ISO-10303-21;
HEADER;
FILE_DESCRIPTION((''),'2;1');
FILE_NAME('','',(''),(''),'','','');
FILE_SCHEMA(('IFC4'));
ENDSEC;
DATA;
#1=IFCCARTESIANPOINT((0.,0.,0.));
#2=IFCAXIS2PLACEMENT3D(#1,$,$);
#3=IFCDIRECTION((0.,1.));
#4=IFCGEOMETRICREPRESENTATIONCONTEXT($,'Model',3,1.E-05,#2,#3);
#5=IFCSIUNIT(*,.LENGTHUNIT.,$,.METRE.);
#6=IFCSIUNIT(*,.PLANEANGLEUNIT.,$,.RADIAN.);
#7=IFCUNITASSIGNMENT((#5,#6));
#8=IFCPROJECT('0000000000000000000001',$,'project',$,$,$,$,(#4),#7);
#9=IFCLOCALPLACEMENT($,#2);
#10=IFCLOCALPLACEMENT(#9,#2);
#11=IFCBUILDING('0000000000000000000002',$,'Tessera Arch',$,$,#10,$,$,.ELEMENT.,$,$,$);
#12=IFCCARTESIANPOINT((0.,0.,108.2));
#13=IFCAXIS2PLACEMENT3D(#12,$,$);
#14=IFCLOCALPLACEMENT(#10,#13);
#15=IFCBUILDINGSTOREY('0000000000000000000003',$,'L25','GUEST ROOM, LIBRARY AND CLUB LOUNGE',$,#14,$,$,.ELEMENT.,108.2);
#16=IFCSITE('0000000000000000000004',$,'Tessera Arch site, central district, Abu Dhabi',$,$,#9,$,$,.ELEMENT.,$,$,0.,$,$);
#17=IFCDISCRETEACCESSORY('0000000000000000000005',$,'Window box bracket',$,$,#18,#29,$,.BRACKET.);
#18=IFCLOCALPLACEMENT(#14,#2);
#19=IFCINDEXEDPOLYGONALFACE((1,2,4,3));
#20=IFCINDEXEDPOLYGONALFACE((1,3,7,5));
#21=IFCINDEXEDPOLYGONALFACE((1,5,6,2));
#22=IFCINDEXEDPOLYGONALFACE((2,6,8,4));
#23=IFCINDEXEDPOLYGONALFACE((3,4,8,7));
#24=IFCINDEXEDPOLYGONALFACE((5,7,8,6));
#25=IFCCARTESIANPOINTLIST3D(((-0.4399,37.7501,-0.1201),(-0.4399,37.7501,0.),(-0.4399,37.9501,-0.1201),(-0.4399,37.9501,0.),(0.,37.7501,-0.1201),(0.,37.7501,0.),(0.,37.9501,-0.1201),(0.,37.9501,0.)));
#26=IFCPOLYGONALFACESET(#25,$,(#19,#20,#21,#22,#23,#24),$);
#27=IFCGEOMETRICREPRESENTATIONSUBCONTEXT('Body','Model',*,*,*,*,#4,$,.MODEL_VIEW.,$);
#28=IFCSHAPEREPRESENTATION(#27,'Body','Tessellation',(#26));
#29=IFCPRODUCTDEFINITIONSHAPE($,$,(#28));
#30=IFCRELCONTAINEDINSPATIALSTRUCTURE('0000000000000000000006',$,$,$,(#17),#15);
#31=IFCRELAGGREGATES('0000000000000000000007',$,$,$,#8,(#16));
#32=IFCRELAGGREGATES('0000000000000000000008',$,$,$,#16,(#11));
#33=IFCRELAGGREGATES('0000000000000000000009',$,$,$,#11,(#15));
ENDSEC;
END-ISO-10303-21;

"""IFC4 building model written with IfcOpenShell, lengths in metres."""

from ifc_helpers import new_model, si_unit, direction, frame, origin, origin_2d, place, context, subcontext, project, spatial, rectangle, extrude, element, save


model = new_model("IFC4")

# Units and contexts
model_context = context("Model", 3, precision=1e-05, world=origin(), true_north=direction((0.0, 1.0)))
body_context = subcontext(model_context, "Body", "Model", "MODEL_VIEW")
ifc_project = project(units=[si_unit("LENGTHUNIT", "METRE"), si_unit("PLANEANGLEUNIT", "RADIAN")], contexts=[model_context])

# Site, building, storey
site_placement = place(None, origin())
site = spatial("IfcSite", under=ifc_project, at=site_placement, Name="Tessera Arch site, central district, Abu Dhabi", CompositionType="ELEMENT", RefElevation=0.0)
building_placement = place(site_placement, origin())
building = spatial("IfcBuilding", under=site, at=building_placement, Name="Tessera Arch", CompositionType="ELEMENT")
storey_placement = place(building_placement, frame((0.0, 0.0, 108.2)))
storey = spatial("IfcBuildingStorey", under=building, at=storey_placement, Name="L25", Description="GUEST ROOM, LIBRARY AND CLUB LOUNGE", CompositionType="ELEMENT", Elevation=108.2)

# Discrete accessory
for number, where, z_axis, x_axis, name in (
    (1, (-0.22, 37.8501, -0.1201), (0.0, 0.0, 1.0), (-1.0, 0.0, 0.0), "Window box bracket"),
):
    element("IfcDiscreteAccessory", number, at=place(storey_placement, frame(where, z_axis=z_axis, x_axis=x_axis)), inside=storey, Name=name, PredefinedType="BRACKET", context=body_context, shape_type="SweptSolid", body=[
        extrude(rectangle(XDim=0.4399, YDim=0.2, at=origin_2d()), origin(), (0.0, 0.0, 1.0), 0.1201),
    ])

save(model, "model.ifc")
